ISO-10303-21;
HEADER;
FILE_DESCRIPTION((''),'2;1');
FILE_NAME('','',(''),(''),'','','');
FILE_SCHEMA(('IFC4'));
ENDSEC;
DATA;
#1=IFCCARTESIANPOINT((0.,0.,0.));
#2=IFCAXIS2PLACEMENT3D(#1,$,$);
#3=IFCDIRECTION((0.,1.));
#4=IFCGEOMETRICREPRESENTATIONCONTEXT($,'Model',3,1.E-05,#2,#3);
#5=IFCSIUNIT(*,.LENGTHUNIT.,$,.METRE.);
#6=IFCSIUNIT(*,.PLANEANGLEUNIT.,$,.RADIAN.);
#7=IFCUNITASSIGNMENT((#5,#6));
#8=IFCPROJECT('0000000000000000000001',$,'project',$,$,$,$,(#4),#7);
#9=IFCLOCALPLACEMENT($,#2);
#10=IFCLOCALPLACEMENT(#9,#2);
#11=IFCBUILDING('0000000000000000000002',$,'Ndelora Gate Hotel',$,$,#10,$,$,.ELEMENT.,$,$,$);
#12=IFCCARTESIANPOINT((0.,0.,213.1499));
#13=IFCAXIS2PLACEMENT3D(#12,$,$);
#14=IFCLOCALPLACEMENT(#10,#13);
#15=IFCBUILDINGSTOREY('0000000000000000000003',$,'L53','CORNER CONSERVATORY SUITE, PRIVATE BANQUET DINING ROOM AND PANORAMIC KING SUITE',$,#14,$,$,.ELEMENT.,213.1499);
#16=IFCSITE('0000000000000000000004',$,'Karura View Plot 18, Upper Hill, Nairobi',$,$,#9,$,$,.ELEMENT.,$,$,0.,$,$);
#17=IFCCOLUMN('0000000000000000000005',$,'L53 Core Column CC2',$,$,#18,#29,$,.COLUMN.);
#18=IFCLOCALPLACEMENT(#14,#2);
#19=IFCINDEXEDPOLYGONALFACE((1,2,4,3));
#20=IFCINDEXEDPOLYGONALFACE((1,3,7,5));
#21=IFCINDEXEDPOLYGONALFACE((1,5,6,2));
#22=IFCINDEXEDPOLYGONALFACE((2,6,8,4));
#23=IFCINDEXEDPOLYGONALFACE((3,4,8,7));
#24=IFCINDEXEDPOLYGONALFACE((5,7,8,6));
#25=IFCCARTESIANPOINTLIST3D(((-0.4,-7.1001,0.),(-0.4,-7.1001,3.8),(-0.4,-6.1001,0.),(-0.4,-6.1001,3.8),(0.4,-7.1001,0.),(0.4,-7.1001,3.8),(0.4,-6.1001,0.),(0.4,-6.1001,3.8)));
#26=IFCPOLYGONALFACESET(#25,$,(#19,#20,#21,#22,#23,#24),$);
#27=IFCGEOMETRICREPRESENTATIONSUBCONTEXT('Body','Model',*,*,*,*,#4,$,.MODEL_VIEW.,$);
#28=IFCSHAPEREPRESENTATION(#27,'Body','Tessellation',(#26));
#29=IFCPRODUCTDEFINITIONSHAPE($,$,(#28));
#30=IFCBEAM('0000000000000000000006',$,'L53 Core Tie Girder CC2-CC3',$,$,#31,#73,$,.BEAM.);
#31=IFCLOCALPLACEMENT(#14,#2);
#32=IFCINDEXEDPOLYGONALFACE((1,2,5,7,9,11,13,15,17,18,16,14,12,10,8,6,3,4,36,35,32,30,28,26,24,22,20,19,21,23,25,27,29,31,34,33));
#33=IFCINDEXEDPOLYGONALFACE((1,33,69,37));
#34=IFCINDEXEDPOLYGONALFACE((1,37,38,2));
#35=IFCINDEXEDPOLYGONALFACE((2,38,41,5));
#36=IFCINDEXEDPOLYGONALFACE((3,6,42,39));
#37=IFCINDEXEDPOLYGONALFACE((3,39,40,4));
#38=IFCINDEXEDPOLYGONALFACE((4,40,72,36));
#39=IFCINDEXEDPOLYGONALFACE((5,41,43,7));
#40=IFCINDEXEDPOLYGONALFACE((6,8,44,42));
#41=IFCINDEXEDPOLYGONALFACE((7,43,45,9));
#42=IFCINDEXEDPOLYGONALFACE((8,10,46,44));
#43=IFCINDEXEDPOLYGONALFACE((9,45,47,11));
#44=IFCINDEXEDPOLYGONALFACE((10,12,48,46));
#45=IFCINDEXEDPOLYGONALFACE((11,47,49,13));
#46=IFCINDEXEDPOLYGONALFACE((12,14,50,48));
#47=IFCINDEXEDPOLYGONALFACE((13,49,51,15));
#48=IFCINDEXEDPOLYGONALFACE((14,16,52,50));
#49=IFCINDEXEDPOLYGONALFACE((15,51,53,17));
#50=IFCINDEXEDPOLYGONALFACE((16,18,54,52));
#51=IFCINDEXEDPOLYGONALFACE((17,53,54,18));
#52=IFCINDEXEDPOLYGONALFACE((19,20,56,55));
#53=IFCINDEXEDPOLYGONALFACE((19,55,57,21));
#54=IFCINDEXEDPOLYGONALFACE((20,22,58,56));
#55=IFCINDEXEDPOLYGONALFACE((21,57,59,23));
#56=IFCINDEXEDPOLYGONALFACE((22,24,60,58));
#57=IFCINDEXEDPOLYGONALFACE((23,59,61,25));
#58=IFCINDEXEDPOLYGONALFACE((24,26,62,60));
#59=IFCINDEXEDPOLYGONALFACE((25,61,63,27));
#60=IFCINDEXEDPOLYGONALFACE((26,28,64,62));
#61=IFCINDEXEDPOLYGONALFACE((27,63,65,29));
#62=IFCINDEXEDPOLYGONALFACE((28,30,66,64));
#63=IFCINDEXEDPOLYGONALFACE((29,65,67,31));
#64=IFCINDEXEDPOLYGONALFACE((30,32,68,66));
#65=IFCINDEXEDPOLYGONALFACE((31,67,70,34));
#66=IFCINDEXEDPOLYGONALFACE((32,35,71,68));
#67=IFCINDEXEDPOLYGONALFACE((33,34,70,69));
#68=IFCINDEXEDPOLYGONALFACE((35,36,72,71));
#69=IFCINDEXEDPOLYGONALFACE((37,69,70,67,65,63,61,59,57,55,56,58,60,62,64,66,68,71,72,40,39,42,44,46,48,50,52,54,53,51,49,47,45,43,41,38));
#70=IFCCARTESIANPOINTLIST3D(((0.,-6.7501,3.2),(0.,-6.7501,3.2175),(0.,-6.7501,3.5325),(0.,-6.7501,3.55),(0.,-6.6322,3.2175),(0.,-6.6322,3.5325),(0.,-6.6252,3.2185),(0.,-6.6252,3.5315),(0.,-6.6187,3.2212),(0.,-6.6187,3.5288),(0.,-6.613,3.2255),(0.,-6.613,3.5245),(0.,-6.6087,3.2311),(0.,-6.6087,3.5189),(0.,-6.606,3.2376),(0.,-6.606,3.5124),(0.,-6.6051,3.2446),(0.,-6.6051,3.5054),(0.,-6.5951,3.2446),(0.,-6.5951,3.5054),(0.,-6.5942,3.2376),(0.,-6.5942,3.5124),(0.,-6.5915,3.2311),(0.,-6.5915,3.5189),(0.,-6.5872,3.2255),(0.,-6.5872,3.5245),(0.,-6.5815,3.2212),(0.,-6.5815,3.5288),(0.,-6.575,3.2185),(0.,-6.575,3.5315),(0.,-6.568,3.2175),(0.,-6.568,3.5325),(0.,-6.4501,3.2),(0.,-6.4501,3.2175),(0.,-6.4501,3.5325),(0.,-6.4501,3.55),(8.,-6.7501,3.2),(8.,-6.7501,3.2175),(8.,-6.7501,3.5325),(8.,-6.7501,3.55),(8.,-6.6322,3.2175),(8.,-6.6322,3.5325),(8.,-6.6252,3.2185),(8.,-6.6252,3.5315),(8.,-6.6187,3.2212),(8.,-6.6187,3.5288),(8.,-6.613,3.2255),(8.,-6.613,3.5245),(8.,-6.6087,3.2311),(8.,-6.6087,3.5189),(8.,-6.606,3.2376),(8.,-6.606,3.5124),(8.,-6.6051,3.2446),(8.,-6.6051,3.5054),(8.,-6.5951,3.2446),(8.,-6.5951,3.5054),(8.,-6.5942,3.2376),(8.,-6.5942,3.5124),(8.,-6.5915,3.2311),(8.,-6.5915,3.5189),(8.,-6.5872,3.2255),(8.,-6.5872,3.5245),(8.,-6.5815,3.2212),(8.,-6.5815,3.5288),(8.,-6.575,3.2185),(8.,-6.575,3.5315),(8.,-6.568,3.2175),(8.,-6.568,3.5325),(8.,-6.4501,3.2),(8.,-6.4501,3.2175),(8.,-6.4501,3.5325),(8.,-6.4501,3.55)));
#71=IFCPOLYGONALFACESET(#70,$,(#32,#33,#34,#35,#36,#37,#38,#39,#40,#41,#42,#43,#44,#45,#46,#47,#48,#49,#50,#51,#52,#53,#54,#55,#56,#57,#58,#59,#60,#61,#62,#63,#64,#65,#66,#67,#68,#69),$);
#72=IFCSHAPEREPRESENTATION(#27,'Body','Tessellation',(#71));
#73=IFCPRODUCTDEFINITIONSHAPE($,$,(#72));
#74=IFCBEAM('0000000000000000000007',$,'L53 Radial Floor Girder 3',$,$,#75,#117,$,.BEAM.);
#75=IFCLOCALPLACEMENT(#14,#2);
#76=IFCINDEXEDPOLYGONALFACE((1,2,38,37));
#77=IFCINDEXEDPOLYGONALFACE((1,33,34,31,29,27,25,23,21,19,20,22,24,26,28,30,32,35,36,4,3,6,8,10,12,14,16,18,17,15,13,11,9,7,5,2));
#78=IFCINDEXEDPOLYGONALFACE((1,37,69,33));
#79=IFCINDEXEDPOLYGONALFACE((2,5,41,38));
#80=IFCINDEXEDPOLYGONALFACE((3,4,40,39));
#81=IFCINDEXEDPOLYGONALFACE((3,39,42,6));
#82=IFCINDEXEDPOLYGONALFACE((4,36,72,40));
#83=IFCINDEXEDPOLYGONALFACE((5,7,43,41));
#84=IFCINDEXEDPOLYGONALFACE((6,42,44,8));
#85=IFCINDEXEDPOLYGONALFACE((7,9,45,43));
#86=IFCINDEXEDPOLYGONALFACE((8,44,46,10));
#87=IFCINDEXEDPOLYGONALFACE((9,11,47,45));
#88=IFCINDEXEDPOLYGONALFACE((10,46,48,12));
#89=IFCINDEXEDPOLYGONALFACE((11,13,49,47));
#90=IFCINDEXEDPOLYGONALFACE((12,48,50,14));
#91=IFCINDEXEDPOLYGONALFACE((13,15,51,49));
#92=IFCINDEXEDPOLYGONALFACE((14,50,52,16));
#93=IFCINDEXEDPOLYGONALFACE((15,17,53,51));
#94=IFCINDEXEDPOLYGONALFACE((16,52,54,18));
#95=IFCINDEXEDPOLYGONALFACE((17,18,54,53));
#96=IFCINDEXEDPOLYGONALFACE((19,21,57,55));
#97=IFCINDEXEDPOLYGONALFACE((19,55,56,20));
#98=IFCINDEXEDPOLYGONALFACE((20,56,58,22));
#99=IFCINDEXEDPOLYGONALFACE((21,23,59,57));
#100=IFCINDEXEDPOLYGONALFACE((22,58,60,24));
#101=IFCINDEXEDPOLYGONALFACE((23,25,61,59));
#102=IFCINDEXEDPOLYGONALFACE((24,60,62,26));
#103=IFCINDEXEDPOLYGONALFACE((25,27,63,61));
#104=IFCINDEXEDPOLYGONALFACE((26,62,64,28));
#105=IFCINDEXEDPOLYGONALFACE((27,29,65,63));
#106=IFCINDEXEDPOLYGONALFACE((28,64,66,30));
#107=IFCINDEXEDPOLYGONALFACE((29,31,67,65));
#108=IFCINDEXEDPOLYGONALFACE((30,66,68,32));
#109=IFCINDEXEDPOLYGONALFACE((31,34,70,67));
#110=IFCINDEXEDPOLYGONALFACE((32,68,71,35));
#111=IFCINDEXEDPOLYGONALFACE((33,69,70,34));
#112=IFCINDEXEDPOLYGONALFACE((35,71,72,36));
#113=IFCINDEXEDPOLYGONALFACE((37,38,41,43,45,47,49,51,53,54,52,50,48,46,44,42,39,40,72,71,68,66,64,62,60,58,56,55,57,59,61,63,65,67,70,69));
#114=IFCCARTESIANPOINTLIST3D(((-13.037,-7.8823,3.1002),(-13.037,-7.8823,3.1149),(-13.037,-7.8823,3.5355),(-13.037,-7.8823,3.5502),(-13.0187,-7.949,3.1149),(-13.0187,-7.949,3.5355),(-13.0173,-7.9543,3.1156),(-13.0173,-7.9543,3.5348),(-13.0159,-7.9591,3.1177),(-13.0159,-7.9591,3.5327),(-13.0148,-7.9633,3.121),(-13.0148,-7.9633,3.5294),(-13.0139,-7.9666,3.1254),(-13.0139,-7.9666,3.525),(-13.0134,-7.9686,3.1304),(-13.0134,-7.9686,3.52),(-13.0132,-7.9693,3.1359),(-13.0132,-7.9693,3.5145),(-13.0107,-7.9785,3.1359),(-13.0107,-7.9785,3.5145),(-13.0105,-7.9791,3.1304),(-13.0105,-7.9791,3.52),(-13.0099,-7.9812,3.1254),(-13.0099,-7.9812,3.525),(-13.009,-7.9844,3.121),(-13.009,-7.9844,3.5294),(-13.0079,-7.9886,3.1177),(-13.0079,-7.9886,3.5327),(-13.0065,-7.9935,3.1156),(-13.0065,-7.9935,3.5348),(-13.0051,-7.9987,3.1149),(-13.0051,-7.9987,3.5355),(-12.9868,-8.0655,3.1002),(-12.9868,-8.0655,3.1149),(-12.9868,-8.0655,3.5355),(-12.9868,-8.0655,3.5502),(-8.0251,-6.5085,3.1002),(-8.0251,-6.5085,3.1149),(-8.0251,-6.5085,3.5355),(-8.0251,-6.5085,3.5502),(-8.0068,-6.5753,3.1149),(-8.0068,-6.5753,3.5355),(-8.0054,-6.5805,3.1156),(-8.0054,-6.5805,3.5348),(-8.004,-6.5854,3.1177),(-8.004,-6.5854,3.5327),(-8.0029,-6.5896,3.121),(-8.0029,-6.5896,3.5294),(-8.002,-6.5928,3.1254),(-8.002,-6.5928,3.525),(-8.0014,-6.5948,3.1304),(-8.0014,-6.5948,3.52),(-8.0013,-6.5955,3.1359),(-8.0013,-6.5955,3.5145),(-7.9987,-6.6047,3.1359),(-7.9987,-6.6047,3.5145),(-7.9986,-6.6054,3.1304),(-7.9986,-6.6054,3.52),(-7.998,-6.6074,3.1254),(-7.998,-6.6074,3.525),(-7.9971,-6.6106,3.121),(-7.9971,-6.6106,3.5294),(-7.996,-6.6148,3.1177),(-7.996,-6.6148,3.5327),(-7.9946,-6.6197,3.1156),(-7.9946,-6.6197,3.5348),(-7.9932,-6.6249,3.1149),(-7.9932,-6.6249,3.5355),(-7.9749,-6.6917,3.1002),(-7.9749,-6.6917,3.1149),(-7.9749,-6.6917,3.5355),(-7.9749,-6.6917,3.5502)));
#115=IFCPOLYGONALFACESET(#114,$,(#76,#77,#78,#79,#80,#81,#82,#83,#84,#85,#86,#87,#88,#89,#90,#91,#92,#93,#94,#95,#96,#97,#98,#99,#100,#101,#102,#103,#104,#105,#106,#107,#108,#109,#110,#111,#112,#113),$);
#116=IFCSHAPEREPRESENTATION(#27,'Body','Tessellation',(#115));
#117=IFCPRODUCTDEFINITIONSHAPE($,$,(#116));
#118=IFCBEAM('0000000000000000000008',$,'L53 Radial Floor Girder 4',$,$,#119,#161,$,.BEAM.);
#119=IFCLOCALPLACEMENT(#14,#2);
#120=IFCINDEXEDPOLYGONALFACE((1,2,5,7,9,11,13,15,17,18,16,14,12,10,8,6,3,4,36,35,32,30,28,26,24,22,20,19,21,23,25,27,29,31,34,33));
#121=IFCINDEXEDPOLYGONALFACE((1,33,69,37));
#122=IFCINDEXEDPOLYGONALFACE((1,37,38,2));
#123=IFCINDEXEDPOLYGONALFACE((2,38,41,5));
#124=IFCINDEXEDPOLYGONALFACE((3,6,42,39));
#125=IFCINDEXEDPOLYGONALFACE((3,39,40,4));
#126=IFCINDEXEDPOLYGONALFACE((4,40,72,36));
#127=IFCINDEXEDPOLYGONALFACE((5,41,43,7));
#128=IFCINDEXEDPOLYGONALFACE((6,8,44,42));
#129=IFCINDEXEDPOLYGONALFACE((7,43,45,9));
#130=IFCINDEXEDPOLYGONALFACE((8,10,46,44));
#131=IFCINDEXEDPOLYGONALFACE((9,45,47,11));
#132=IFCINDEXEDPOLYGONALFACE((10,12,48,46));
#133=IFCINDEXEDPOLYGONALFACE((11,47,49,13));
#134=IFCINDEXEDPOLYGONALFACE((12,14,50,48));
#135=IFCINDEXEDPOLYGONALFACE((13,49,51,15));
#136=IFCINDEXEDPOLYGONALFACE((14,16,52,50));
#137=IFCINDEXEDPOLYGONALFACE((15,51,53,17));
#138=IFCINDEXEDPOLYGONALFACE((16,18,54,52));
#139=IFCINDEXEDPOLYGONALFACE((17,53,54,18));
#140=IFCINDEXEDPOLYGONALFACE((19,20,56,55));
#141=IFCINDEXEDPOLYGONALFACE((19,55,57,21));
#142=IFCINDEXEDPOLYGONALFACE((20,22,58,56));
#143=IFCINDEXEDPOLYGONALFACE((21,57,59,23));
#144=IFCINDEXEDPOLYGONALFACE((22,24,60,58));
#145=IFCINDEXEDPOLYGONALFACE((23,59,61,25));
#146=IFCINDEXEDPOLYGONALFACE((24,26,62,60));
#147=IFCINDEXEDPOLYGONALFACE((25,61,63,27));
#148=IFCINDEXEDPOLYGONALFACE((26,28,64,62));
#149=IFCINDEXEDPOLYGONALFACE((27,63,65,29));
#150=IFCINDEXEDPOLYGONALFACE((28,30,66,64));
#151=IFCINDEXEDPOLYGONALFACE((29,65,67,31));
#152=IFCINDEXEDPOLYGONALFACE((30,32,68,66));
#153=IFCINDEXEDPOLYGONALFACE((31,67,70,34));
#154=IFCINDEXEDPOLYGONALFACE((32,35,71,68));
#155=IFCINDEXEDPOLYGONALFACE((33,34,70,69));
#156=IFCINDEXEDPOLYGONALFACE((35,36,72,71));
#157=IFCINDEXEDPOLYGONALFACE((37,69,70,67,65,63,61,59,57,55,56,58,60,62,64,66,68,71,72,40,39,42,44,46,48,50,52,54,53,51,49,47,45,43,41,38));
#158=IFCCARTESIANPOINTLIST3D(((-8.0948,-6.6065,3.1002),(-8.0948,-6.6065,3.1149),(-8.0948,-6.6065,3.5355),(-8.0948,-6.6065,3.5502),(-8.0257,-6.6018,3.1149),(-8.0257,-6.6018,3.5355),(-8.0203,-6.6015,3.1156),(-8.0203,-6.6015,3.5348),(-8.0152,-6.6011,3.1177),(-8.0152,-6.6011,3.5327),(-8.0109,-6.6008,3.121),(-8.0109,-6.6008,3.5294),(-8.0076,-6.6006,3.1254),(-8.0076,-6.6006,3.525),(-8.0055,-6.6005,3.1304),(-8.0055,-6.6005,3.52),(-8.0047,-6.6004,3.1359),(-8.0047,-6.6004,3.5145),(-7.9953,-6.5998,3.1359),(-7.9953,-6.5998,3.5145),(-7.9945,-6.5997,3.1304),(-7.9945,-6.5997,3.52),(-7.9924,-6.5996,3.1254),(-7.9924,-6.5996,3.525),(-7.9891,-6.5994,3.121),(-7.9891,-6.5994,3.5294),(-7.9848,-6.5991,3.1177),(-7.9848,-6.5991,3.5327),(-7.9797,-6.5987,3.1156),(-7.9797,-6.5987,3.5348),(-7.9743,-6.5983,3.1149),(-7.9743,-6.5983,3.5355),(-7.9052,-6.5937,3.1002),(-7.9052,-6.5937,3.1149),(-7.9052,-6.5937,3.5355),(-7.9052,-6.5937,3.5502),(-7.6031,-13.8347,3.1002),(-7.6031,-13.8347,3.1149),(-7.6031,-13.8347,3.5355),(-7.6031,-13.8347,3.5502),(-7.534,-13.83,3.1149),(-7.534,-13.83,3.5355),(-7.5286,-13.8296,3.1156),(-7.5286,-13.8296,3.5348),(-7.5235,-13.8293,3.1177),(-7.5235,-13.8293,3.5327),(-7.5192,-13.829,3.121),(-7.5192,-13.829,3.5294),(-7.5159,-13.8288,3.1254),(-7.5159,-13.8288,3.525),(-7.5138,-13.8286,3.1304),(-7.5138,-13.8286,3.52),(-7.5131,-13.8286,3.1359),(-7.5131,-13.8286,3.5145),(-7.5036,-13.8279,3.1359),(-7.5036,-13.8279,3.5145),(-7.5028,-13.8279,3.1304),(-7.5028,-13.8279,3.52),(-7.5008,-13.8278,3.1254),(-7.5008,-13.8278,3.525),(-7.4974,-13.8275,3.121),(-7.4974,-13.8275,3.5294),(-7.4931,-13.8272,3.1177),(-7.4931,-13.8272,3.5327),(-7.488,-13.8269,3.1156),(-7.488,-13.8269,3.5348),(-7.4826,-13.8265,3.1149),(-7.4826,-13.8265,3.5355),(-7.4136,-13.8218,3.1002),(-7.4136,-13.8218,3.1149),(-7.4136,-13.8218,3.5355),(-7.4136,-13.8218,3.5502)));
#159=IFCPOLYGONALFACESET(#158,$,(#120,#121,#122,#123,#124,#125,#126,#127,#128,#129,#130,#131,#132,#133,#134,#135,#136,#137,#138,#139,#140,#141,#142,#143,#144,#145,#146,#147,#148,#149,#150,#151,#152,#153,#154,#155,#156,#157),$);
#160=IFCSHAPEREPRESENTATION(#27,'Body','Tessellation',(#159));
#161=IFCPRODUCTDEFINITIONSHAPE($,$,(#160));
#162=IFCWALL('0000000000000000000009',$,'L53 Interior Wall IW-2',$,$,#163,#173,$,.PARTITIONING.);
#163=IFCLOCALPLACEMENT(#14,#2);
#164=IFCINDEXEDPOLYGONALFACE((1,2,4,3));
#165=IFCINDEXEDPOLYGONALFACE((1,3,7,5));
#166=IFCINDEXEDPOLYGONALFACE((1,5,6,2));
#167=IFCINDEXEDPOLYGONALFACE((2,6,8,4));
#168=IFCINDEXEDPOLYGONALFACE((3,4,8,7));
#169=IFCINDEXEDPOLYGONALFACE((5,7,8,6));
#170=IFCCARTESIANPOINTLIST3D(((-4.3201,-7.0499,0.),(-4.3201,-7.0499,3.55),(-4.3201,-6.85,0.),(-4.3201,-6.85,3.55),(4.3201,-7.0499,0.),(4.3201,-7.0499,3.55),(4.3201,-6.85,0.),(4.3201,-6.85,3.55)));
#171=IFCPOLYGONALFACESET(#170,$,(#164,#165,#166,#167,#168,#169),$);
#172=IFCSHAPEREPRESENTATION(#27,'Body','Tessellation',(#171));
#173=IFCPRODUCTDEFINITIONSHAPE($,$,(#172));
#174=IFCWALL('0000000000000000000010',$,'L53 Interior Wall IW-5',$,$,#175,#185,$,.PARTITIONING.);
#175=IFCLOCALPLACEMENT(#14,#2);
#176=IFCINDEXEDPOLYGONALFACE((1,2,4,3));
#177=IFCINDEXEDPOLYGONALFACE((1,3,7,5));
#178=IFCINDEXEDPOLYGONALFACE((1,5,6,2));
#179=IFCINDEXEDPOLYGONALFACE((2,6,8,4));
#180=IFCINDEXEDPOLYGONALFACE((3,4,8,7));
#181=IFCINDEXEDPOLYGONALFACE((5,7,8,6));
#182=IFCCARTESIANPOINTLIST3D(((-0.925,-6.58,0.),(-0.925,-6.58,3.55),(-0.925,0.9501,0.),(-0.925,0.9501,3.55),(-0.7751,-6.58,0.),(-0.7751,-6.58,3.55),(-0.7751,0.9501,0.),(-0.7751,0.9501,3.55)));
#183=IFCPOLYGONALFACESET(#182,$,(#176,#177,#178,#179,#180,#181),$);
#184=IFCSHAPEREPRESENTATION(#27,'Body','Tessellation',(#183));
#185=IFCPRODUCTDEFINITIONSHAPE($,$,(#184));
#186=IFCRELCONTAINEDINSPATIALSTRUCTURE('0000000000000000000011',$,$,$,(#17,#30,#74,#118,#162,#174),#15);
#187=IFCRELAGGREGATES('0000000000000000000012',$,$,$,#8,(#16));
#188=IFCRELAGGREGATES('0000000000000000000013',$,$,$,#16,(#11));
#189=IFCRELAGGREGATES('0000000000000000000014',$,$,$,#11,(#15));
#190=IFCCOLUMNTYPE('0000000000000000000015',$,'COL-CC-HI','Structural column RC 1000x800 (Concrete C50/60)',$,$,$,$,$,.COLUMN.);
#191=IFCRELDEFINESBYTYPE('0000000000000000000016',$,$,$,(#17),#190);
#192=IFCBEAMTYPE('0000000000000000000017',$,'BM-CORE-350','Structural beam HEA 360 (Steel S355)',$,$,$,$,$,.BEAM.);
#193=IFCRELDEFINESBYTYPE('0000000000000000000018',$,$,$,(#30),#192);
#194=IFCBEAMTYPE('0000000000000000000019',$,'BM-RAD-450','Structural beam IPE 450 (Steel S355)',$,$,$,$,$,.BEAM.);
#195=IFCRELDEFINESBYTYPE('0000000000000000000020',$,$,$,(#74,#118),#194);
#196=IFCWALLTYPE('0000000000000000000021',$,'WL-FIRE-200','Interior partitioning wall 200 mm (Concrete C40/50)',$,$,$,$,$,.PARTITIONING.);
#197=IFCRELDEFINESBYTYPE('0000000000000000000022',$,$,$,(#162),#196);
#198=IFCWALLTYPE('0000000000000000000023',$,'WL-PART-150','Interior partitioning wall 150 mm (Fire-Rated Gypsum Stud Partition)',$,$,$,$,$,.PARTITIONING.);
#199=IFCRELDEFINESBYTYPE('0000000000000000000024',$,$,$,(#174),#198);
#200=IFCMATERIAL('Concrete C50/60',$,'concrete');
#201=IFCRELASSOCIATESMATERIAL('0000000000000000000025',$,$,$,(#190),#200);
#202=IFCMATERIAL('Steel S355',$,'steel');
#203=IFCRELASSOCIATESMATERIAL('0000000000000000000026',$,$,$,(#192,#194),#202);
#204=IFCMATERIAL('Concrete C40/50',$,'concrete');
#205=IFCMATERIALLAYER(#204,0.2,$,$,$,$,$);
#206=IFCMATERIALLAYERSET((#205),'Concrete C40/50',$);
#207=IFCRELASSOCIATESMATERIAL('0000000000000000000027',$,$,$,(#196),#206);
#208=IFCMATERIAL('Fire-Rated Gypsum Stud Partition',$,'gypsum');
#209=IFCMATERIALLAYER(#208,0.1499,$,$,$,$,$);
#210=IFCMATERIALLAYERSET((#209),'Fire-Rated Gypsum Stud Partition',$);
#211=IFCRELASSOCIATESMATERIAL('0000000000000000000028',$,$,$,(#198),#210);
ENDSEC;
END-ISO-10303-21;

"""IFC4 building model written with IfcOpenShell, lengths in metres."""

from ifc_helpers import new_model, si_unit, direction, frame, frame_2d, origin, origin_2d, place, context, subcontext, project, spatial, rectangle, i_section, extrude, material, layer, layer_set, material_profile, profile_set, type_object, element, save


model = new_model("IFC4")

# Units and contexts
model_context = context("Model", 3, precision=1e-05, world=origin(), true_north=direction((0.0, 1.0)))
body_context = subcontext(model_context, "Body", "Model", "MODEL_VIEW")
ifc_project = project(units=[si_unit("LENGTHUNIT", "METRE"), si_unit("PLANEANGLEUNIT", "RADIAN")], contexts=[model_context])

# Site, building, storey
site_placement = place(None, origin())
site = spatial("IfcSite", under=ifc_project, at=site_placement, Name="Karura View Plot 18, Upper Hill, Nairobi", CompositionType="ELEMENT", RefElevation=0.0)
building_placement = place(site_placement, origin())
building = spatial("IfcBuilding", under=site, at=building_placement, Name="Ndelora Gate Hotel", CompositionType="ELEMENT")
storey_placement = place(building_placement, frame((0.0, 0.0, 213.1499)))
storey = spatial("IfcBuildingStorey", under=building, at=storey_placement, Name="L53", Description="CORNER CONSERVATORY SUITE, PRIVATE BANQUET DINING ROOM AND PANORAMIC KING SUITE", CompositionType="ELEMENT", Elevation=213.1499)

# Column
ifc_material_1 = material(Name="Concrete C50/60", Category="concrete")
ifc_material_profile_1 = material_profile(ifc_material_1, rectangle(XDim=0.8, YDim=1.0, at=origin_2d()), Name="RC 1000x800")
ifc_profile_set_1 = profile_set([ifc_material_profile_1], Name="Concrete C50/60")
column_type = type_object("IfcColumnType", Name="COL-CC-HI", Description="Structural column RC 1000x800 (Concrete C50/60)", PredefinedType="COLUMN", material=ifc_profile_set_1)
column_placement = place(storey_placement, frame((0.0, -6.6001, 0.0), z_axis=(0.0, 0.0, 1.0), x_axis=(1.0, 0.0, 0.0)))
element("IfcColumn", 1, at=column_placement, inside=storey, type_object=column_type, Name="L53 Core Column CC2", PredefinedType="COLUMN", context=body_context, shape_type="SweptSolid", body=[
    extrude(rectangle(XDim=0.8, YDim=1.0, at=origin_2d()), origin(), (0.0, 0.0, 1.0), 3.8),
])

# Beams
ifc_material_2 = material(Name="Steel S355", Category="steel")
ifc_material_profile_2 = material_profile(ifc_material_2, i_section(OverallWidth=0.3, OverallDepth=0.3501, WebThickness=0.01, FlangeThickness=0.0176, FilletRadius=0.0271, at=origin_2d()), Name="HEA 360")
ifc_profile_set_2 = profile_set([ifc_material_profile_2], Name="Steel S355")
beam_type_1 = type_object("IfcBeamType", Name="BM-CORE-350", Description="Structural beam HEA 360 (Steel S355)", PredefinedType="BEAM", material=ifc_profile_set_2)
beam_1_placement = place(storey_placement, frame((0.0, -6.6001, 3.375), z_axis=(1.0, 0.0, 0.0), x_axis=(0.0, 1.0, 0.0)))
element("IfcBeam", 2, at=beam_1_placement, inside=storey, type_object=beam_type_1, Name="L53 Core Tie Girder CC2-CC3", PredefinedType="BEAM", context=body_context, shape_type="SweptSolid", body=[
    extrude(i_section(OverallWidth=0.3, OverallDepth=0.3501, WebThickness=0.01, FlangeThickness=0.0176, FilletRadius=0.0271, at=origin_2d()), origin(), (0.0, 0.0, 1.0), 8.0),
])
ifc_material_profile_3 = material_profile(ifc_material_2, i_section(OverallWidth=0.1899, OverallDepth=0.45, WebThickness=0.0095, FlangeThickness=0.0146, FilletRadius=0.021, at=origin_2d()), Name="IPE 450")
ifc_profile_set_3 = profile_set([ifc_material_profile_3], Name="Steel S355")
beam_type_2 = type_object("IfcBeamType", Name="BM-RAD-450", Description="Structural beam IPE 450 (Steel S355)", PredefinedType="BEAM", material=ifc_profile_set_3)
beam_2_placement = place(storey_placement, frame((-8.0, -6.6001, 3.3252), z_axis=(-0.964427, -0.264349, 0.0), x_axis=(0.264349, -0.964427, 0.0)))
element("IfcBeam", 3, at=beam_2_placement, inside=storey, type_object=beam_type_2, Name="L53 Radial Floor Girder 3", PredefinedType="BEAM", context=body_context, shape_type="SweptSolid", body=[
    extrude(i_section(OverallWidth=0.1899, OverallDepth=0.45, WebThickness=0.0095, FlangeThickness=0.0146, FilletRadius=0.021, at=origin_2d()), origin(), (0.0, 0.0, 1.0), 5.1968),
])
beam_3_placement = place(storey_placement, frame((-8.0, -6.6001, 3.3252), z_axis=(0.067868, -0.997694, 0.0), x_axis=(0.997694, 0.067868, 0.0)))
element("IfcBeam", 4, at=beam_3_placement, inside=storey, type_object=beam_type_2, Name="L53 Radial Floor Girder 4", PredefinedType="BEAM", context=body_context, shape_type="SweptSolid", body=[
    extrude(i_section(OverallWidth=0.1899, OverallDepth=0.45, WebThickness=0.0095, FlangeThickness=0.0146, FilletRadius=0.021, at=origin_2d()), origin(), (0.0, 0.0, 1.0), 7.2449),
])

# Walls
ifc_material_3 = material(Name="Concrete C40/50", Category="concrete")
ifc_layer_1 = layer(ifc_material_3, 0.2)
ifc_layer_set_1 = layer_set([ifc_layer_1], Name="Concrete C40/50")
wall_type_1 = type_object("IfcWallType", Name="WL-FIRE-200", Description="Interior partitioning wall 200 mm (Concrete C40/50)", PredefinedType="PARTITIONING", material=ifc_layer_set_1)
wall_1_placement = place(storey_placement, frame((-4.3201, -6.95, 0.0), z_axis=(0.0, 0.0, 1.0), x_axis=(1.0, 0.0, 0.0)))
element("IfcWall", 5, at=wall_1_placement, inside=storey, type_object=wall_type_1, Name="L53 Interior Wall IW-2", PredefinedType="PARTITIONING", context=body_context, shape_type="SweptSolid", body=[
    extrude(rectangle(XDim=8.6401, YDim=0.2, at=frame_2d((4.3201, 0.0))), origin(), (0.0, 0.0, 1.0), 3.55),
])
ifc_material_4 = material(Name="Fire-Rated Gypsum Stud Partition", Category="gypsum")
ifc_layer_2 = layer(ifc_material_4, 0.1499)
ifc_layer_set_2 = layer_set([ifc_layer_2], Name="Fire-Rated Gypsum Stud Partition")
wall_type_2 = type_object("IfcWallType", Name="WL-PART-150", Description="Interior partitioning wall 150 mm (Fire-Rated Gypsum Stud Partition)", PredefinedType="PARTITIONING", material=ifc_layer_set_2)
wall_2_placement = place(storey_placement, frame((-0.8501, -6.5801, 0.0), z_axis=(0.0, 0.0, 1.0), x_axis=(0.0, 1.0, 0.0)))
element("IfcWall", 6, at=wall_2_placement, inside=storey, type_object=wall_type_2, Name="L53 Interior Wall IW-5", PredefinedType="PARTITIONING", context=body_context, shape_type="SweptSolid", body=[
    extrude(rectangle(XDim=7.53, YDim=0.1499, at=frame_2d((3.7651, 0.0))), origin(), (0.0, 0.0, 1.0), 3.55),
])

save(model, "model.ifc")
